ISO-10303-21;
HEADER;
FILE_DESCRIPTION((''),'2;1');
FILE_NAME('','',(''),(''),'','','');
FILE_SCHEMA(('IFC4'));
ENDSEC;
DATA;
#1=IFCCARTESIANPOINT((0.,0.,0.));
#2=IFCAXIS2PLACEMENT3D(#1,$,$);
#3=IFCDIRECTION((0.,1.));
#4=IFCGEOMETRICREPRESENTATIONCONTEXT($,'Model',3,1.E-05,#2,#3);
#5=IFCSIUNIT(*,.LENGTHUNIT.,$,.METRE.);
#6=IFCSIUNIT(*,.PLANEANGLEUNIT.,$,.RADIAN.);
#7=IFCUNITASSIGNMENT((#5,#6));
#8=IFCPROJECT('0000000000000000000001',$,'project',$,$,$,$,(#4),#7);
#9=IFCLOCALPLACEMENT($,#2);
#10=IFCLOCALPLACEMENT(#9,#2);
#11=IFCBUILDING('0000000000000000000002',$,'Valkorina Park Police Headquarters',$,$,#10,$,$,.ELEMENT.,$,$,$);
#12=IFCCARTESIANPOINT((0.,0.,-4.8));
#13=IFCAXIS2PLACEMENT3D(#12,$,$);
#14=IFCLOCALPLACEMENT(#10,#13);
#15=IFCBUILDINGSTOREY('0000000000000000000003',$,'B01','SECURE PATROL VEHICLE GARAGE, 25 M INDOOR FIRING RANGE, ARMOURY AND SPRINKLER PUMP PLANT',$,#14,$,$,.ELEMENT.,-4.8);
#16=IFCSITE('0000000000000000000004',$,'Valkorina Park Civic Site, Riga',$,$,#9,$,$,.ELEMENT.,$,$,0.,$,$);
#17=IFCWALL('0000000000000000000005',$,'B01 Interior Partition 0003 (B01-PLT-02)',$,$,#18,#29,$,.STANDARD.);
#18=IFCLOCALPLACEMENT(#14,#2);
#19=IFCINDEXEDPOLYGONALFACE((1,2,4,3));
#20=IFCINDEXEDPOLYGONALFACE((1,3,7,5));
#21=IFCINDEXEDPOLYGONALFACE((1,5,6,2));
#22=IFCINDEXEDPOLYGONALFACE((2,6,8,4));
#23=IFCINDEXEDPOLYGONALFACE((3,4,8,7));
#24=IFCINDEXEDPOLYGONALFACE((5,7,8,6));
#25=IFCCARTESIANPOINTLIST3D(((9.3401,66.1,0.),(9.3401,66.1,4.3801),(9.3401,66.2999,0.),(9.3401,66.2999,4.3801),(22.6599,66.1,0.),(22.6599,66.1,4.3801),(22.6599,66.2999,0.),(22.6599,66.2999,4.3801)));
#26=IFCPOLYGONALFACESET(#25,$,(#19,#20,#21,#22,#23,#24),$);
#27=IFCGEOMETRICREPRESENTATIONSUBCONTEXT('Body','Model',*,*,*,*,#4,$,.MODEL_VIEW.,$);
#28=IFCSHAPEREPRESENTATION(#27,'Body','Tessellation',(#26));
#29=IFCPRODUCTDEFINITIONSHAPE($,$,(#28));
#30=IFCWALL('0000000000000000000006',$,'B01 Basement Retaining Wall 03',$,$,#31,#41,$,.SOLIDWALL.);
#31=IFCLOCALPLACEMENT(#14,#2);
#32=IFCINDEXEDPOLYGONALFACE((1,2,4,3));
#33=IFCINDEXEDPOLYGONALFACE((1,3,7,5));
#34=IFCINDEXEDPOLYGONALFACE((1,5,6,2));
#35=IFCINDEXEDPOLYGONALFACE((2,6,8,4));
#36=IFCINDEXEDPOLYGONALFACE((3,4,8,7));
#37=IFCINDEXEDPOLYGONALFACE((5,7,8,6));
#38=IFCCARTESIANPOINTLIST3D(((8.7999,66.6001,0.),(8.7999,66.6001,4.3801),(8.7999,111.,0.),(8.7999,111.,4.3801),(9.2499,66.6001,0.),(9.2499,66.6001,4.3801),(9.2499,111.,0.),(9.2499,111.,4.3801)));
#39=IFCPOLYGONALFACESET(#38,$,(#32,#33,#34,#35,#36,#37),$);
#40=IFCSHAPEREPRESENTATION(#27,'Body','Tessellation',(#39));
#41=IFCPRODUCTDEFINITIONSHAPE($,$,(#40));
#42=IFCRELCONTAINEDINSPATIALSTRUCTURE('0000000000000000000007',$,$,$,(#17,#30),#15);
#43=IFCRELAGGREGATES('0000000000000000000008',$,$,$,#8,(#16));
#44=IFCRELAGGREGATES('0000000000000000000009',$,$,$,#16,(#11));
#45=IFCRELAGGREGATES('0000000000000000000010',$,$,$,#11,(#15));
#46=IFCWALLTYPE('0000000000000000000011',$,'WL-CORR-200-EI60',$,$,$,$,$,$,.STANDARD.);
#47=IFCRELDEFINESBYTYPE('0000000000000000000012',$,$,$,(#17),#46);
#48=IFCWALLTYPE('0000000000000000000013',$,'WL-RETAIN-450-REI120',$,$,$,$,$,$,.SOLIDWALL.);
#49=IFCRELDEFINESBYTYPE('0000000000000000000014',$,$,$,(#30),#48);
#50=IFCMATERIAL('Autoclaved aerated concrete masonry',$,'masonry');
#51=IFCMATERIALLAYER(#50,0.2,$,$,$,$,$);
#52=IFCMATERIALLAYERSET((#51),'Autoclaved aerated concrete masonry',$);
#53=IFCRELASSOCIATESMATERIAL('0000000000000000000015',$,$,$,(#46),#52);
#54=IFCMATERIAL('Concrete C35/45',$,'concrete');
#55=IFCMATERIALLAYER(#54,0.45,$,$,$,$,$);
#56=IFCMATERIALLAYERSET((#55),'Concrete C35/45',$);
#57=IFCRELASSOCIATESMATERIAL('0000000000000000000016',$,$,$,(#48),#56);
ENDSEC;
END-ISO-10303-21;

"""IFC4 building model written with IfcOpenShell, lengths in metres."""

from ifc_helpers import new_model, si_unit, direction, frame, frame_2d, origin, place, context, subcontext, project, spatial, rectangle, extrude, material, layer, layer_set, type_object, element, save


model = new_model("IFC4")

# Units and contexts
model_context = context("Model", 3, precision=1e-05, world=origin(), true_north=direction((0.0, 1.0)))
body_context = subcontext(model_context, "Body", "Model", "MODEL_VIEW")
ifc_project = project(units=[si_unit("LENGTHUNIT", "METRE"), si_unit("PLANEANGLEUNIT", "RADIAN")], contexts=[model_context])

# Site, building, storey
site_placement = place(None, origin())
site = spatial("IfcSite", under=ifc_project, at=site_placement, Name="Valkorina Park Civic Site, Riga", CompositionType="ELEMENT", RefElevation=0.0)
building_placement = place(site_placement, origin())
building = spatial("IfcBuilding", under=site, at=building_placement, Name="Valkorina Park Police Headquarters", CompositionType="ELEMENT")
storey_placement = place(building_placement, frame((0.0, 0.0, -4.8)))
storey = spatial("IfcBuildingStorey", under=building, at=storey_placement, Name="B01", Description="SECURE PATROL VEHICLE GARAGE, 25 M INDOOR FIRING RANGE, ARMOURY AND SPRINKLER PUMP PLANT", CompositionType="ELEMENT", Elevation=-4.8)

# Shared definitions
ifc_material_1 = material(Name="Concrete C35/45", Category="concrete")

# Walls
ifc_material_2 = material(Name="Autoclaved aerated concrete masonry", Category="masonry")
ifc_layer_1 = layer(ifc_material_2, 0.2)
ifc_layer_set_1 = layer_set([ifc_layer_1], Name="Autoclaved aerated concrete masonry")
wall_type_1 = type_object("IfcWallType", Name="WL-CORR-200-EI60", PredefinedType="STANDARD", material=ifc_layer_set_1)
wall_1_placement = place(storey_placement, frame((9.3401, 66.2, 0.0), z_axis=(0.0, 0.0, 1.0), x_axis=(1.0, 0.0, 0.0)))
element("IfcWall", 1, at=wall_1_placement, inside=storey, type_object=wall_type_1, Name="B01 Interior Partition 0003 (B01-PLT-02)", PredefinedType="STANDARD", context=body_context, shape_type="SweptSolid", body=[
    extrude(rectangle(XDim=13.3198, YDim=0.2, at=frame_2d((6.6599, 0.0))), origin(), (0.0, 0.0, 1.0), 4.3801),
])
ifc_layer_2 = layer(ifc_material_1, 0.45)
ifc_layer_set_2 = layer_set([ifc_layer_2], Name="Concrete C35/45")
wall_type_2 = type_object("IfcWallType", Name="WL-RETAIN-450-REI120", PredefinedType="SOLIDWALL", material=ifc_layer_set_2)
wall_2_placement = place(storey_placement, frame((9.0249, 66.6001, 0.0), z_axis=(0.0, 0.0, 1.0), x_axis=(0.0, 1.0, 0.0)))
element("IfcWall", 2, at=wall_2_placement, inside=storey, type_object=wall_type_2, Name="B01 Basement Retaining Wall 03", PredefinedType="SOLIDWALL", context=body_context, shape_type="SweptSolid", body=[
    extrude(rectangle(XDim=44.3999, YDim=0.45, at=frame_2d((22.2, 0.0))), origin(), (0.0, 0.0, 1.0), 4.3801),
])

save(model, "model.ifc")
